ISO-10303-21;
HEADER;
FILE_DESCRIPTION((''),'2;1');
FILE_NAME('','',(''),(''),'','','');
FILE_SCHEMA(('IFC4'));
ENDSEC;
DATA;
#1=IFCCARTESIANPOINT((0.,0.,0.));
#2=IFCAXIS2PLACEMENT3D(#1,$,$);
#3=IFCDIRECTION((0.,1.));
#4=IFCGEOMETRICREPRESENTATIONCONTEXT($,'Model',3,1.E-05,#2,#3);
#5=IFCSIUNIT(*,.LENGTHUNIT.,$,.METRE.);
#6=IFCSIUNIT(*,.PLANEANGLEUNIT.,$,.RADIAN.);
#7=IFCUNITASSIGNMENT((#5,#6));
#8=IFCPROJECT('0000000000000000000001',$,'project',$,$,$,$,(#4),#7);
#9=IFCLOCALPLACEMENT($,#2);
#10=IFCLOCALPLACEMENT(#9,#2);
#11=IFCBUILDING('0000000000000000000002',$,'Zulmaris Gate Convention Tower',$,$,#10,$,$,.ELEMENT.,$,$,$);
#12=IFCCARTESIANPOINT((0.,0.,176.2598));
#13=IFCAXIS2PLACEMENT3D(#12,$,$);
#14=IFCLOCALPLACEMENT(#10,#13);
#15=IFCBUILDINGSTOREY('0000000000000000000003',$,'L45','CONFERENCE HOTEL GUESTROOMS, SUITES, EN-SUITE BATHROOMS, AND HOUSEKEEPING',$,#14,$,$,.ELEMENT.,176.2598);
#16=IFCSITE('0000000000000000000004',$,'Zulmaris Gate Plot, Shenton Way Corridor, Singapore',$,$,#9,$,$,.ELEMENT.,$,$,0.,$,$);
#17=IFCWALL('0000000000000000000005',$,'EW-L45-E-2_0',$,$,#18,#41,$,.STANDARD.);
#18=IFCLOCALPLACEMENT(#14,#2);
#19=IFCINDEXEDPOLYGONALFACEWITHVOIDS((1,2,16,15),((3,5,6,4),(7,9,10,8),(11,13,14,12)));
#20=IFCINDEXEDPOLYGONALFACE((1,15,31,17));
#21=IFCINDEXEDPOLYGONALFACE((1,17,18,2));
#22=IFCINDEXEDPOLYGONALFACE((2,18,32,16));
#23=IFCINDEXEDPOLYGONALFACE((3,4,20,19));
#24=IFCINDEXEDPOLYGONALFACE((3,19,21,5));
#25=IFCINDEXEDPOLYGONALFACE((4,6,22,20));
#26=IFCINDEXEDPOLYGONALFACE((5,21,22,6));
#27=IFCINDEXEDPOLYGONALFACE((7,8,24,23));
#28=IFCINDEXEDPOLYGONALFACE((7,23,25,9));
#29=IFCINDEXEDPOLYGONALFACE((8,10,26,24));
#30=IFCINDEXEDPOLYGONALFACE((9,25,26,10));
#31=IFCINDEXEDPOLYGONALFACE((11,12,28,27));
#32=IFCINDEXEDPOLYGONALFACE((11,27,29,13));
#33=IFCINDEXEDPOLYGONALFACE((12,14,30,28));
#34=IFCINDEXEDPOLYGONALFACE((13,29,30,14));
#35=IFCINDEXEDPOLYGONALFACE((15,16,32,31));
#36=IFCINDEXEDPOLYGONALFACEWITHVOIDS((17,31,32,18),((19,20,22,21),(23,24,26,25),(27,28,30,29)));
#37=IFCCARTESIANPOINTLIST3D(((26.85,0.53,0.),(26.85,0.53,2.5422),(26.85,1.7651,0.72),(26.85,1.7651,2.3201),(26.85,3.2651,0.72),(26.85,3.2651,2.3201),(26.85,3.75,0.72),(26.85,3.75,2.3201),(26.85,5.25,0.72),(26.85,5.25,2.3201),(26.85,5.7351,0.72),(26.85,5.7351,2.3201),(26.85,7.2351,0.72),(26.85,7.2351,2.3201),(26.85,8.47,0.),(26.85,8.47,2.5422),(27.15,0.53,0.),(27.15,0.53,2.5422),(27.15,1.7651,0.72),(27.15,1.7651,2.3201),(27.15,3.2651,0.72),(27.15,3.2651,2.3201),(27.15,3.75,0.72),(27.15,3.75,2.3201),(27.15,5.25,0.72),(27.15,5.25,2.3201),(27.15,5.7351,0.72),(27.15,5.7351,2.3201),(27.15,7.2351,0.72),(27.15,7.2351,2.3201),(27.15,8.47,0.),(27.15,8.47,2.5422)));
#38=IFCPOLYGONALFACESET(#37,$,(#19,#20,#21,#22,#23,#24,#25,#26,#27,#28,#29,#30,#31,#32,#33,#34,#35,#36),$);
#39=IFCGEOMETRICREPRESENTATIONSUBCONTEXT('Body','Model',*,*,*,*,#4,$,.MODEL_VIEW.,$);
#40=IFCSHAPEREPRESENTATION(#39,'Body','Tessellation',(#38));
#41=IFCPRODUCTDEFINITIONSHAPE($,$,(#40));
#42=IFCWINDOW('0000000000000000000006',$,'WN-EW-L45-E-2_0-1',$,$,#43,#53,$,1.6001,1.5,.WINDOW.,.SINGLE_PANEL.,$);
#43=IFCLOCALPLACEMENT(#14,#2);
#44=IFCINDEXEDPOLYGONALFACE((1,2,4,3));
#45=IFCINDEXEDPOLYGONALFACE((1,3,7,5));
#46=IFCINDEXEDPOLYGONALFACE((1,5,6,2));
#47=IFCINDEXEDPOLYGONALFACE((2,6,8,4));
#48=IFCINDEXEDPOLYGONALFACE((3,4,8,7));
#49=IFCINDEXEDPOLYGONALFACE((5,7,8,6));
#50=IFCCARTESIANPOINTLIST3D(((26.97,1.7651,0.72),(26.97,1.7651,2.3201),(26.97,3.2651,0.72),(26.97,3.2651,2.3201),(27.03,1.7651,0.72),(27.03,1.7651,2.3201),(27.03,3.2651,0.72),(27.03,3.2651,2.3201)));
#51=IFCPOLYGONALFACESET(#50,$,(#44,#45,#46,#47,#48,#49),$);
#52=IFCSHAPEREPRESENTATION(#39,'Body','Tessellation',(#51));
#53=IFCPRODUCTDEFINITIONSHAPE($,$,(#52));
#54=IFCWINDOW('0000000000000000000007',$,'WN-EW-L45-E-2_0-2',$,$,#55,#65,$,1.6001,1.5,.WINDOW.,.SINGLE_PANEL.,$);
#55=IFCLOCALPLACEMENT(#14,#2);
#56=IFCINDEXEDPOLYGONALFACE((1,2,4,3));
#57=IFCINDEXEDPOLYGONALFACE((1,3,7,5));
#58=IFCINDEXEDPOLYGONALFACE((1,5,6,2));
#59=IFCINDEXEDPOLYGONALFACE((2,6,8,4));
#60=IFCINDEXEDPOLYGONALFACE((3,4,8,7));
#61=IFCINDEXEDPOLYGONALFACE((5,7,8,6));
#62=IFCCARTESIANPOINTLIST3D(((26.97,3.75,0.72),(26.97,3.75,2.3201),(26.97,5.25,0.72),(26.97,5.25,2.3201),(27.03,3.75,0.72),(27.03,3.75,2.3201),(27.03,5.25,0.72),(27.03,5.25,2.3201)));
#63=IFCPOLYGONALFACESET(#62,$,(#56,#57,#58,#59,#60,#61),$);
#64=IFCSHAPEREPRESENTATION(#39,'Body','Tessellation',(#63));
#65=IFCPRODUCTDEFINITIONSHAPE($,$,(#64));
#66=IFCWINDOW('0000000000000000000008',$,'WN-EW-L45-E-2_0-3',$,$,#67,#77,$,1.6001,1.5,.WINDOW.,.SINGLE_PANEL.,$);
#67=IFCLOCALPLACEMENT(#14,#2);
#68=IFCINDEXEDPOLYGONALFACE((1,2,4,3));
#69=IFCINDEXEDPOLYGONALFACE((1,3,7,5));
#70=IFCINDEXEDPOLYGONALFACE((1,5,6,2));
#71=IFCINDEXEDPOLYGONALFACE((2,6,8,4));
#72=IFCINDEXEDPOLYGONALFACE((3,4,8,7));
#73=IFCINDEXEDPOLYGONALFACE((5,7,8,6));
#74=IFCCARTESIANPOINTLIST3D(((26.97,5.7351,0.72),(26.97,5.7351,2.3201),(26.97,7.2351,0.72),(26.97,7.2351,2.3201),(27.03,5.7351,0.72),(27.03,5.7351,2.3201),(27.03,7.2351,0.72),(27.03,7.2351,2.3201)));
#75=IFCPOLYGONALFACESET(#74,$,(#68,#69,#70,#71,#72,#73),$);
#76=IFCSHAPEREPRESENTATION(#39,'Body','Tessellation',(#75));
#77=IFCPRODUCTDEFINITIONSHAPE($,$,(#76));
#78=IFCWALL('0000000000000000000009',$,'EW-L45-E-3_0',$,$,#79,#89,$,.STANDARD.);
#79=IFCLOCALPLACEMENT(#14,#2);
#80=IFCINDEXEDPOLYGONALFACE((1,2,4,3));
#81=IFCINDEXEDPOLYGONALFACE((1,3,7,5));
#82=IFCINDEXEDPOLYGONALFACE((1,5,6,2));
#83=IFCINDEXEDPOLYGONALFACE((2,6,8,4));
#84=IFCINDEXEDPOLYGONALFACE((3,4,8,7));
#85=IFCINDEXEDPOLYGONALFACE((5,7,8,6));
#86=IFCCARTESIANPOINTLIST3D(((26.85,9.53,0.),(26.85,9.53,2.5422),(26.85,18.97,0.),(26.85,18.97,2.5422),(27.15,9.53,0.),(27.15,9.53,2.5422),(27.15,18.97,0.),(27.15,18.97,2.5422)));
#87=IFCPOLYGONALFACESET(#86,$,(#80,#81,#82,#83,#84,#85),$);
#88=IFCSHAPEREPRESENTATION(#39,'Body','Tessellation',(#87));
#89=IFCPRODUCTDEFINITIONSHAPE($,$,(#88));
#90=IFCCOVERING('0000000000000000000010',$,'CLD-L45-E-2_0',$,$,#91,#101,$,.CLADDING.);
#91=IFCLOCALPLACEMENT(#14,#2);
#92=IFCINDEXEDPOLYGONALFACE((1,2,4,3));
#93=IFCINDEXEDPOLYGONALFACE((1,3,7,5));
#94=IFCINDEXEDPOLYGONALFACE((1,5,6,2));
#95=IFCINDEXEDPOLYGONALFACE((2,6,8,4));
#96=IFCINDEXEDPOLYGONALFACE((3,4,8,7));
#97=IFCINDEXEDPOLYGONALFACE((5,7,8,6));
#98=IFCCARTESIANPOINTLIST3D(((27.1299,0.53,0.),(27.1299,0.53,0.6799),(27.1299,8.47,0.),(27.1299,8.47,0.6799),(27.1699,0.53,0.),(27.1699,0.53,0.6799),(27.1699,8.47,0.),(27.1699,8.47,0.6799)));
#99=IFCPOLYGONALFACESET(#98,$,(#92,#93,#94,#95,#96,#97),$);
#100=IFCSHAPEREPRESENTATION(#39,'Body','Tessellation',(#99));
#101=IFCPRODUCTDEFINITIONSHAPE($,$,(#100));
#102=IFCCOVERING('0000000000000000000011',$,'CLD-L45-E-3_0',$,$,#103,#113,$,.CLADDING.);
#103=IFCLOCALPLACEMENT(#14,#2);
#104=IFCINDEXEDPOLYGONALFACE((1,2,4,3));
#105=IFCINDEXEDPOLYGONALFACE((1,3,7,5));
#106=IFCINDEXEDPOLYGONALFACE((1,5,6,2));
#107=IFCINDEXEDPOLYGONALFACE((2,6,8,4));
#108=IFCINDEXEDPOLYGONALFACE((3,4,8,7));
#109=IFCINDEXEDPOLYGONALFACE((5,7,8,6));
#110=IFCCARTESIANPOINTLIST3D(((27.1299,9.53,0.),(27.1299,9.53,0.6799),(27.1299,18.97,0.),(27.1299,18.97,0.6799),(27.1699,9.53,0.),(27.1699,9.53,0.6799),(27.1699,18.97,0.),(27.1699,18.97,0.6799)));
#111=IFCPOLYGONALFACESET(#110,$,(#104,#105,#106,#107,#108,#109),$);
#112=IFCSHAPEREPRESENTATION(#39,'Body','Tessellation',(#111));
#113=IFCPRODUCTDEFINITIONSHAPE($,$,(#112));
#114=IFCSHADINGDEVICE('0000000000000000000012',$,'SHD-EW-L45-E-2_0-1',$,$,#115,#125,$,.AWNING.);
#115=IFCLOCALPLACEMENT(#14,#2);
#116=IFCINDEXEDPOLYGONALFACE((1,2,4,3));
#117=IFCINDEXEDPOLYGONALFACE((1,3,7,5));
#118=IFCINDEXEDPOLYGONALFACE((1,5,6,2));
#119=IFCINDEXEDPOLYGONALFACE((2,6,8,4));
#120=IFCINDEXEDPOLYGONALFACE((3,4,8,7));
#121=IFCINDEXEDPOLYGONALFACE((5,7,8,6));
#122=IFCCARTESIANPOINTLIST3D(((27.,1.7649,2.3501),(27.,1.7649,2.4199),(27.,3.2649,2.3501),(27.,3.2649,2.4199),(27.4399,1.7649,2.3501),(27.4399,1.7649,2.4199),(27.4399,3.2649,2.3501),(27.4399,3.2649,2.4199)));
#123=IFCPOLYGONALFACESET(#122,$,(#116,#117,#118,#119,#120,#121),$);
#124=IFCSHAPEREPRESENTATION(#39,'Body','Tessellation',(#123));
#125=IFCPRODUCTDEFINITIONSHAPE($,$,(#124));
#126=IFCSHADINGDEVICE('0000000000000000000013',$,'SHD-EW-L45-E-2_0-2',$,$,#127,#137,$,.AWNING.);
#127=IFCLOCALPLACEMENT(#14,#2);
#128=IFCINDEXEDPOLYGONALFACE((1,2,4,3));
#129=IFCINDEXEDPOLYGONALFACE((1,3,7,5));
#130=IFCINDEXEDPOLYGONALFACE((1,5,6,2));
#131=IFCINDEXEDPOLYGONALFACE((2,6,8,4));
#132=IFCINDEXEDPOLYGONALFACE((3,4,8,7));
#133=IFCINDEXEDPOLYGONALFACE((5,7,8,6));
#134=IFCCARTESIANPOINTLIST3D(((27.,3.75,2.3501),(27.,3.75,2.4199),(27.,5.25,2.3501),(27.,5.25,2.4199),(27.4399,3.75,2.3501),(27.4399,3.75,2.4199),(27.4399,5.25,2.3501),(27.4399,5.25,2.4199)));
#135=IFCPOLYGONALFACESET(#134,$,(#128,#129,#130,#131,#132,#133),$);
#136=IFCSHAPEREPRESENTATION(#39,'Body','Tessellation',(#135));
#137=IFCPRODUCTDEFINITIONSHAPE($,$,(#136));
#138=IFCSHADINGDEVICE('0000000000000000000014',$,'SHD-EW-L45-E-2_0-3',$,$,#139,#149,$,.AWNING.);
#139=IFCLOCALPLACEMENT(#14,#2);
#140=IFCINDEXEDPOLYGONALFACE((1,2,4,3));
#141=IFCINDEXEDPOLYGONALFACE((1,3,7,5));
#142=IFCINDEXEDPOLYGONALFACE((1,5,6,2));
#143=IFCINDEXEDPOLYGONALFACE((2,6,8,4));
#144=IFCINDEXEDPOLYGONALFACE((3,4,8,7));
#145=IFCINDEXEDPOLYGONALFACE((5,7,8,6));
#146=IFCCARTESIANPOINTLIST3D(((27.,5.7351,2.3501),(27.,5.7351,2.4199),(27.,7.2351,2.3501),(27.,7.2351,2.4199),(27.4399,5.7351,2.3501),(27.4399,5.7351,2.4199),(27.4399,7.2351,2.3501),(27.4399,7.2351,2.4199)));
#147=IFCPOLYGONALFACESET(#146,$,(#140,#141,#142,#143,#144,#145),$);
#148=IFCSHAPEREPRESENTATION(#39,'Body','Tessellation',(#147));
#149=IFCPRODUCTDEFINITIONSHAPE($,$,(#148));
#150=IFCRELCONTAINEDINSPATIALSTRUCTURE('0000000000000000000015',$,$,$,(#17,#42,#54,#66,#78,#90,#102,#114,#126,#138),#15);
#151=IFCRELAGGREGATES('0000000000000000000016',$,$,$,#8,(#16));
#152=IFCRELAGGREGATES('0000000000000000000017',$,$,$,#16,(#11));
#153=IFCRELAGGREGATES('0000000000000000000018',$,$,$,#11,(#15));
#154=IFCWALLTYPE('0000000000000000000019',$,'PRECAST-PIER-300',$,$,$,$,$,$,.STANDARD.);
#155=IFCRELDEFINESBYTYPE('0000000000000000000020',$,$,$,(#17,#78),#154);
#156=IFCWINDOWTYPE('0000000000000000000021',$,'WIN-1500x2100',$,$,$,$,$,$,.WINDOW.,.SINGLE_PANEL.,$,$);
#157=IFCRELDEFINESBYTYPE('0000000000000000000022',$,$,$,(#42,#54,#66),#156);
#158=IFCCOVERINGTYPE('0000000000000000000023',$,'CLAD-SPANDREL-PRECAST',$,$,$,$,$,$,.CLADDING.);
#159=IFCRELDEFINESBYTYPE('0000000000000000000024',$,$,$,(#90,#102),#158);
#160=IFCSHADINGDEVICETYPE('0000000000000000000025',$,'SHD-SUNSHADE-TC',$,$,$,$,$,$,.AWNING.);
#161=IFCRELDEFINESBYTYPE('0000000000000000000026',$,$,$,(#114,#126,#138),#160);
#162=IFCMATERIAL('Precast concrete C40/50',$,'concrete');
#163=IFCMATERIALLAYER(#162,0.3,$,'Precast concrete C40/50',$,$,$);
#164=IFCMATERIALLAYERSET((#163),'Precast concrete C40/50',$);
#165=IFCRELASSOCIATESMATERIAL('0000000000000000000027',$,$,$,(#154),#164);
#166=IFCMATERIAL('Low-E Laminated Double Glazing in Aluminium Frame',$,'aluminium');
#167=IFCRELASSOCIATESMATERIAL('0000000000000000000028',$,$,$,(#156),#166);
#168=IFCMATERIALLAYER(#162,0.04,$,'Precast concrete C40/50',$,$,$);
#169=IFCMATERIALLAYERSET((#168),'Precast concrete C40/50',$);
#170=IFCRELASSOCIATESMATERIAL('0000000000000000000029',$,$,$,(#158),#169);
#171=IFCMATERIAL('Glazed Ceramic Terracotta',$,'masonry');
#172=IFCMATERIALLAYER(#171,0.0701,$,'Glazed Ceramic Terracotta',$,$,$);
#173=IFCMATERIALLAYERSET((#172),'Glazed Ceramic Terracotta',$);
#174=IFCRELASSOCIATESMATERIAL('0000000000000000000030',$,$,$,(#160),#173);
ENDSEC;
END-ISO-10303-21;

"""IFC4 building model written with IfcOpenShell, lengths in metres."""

from ifc_helpers import new_model, si_unit, direction, frame, frame_2d, origin, place, context, subcontext, project, spatial, rectangle, extrude, material, layer, layer_set, type_object, element, fill, save


model = new_model("IFC4")

# Units and contexts
model_context = context("Model", 3, precision=1e-05, world=origin(), true_north=direction((0.0, 1.0)))
body_context = subcontext(model_context, "Body", "Model", "MODEL_VIEW")
ifc_project = project(units=[si_unit("LENGTHUNIT", "METRE"), si_unit("PLANEANGLEUNIT", "RADIAN")], contexts=[model_context])

# Site, building, storey
site_placement = place(None, origin())
site = spatial("IfcSite", under=ifc_project, at=site_placement, Name="Zulmaris Gate Plot, Shenton Way Corridor, Singapore", CompositionType="ELEMENT", RefElevation=0.0)
building_placement = place(site_placement, origin())
building = spatial("IfcBuilding", under=site, at=building_placement, Name="Zulmaris Gate Convention Tower", CompositionType="ELEMENT")
storey_placement = place(building_placement, frame((0.0, 0.0, 176.2598)))
storey = spatial("IfcBuildingStorey", under=building, at=storey_placement, Name="L45", Description="CONFERENCE HOTEL GUESTROOMS, SUITES, EN-SUITE BATHROOMS, AND HOUSEKEEPING", CompositionType="ELEMENT", Elevation=176.2598)

# Wall, openings, windows
ifc_material_1 = material(Name="Precast concrete C40/50", Category="concrete")
ifc_layer_1 = layer(ifc_material_1, 0.3, Name="Precast concrete C40/50")
ifc_layer_set_1 = layer_set([ifc_layer_1], Name="Precast concrete C40/50")
wall_type_1 = type_object("IfcWallType", Name="PRECAST-PIER-300", PredefinedType="STANDARD", material=ifc_layer_set_1)
wall_1_placement = place(storey_placement, frame((27.0, 0.53, 0.0), z_axis=(0.0, 0.0, 1.0), x_axis=(0.0, 1.0, 0.0)))
wall_1 = element("IfcWall", 1, at=wall_1_placement, inside=storey, type_object=wall_type_1, Name="EW-L45-E-2_0", PredefinedType="STANDARD", context=body_context, shape_type="SweptSolid", body=[
    extrude(rectangle(XDim=7.9399, YDim=0.3, at=frame_2d((3.97, 0.0))), origin(), (0.0, 0.0, 1.0), 2.5422),
])
opening_1_placement = place(wall_1_placement, frame((1.2351, 0.0, 0.72)))
opening_1 = element("IfcOpeningElement", 2, at=opening_1_placement, cuts=wall_1, PredefinedType="OPENING", context=body_context, shape_type="SweptSolid", body=[
    extrude(rectangle(XDim=1.5, YDim=1.6001, at=frame_2d((0.75, 0.8))), frame((0.0, 0.1602, 0.0), z_axis=(0.0, -1.0, 0.0), x_axis=(1.0, 0.0, 0.0)), (0.0, 0.0, 1.0), 0.3201),
])
opening_2_placement = place(wall_1_placement, frame((3.22, 0.0, 0.72)))
opening_2 = element("IfcOpeningElement", 3, at=opening_2_placement, cuts=wall_1, PredefinedType="OPENING", context=body_context, shape_type="SweptSolid", body=[
    extrude(rectangle(XDim=1.5, YDim=1.6001, at=frame_2d((0.75, 0.8))), frame((0.0, 0.1602, 0.0), z_axis=(0.0, -1.0, 0.0), x_axis=(1.0, 0.0, 0.0)), (0.0, 0.0, 1.0), 0.3201),
])
opening_3_placement = place(wall_1_placement, frame((5.2051, 0.0, 0.72)))
opening_3 = element("IfcOpeningElement", 4, at=opening_3_placement, cuts=wall_1, PredefinedType="OPENING", context=body_context, shape_type="SweptSolid", body=[
    extrude(rectangle(XDim=1.5, YDim=1.6001, at=frame_2d((0.75, 0.8))), frame((0.0, 0.1602, 0.0), z_axis=(0.0, -1.0, 0.0), x_axis=(1.0, 0.0, 0.0)), (0.0, 0.0, 1.0), 0.3201),
])
ifc_material_2 = material(Name="Low-E Laminated Double Glazing in Aluminium Frame", Category="aluminium")
window_type = type_object("IfcWindowType", Name="WIN-1500x2100", PartitioningType="SINGLE_PANEL", PredefinedType="WINDOW", material=ifc_material_2)
window_1_placement = place(opening_1_placement, origin())
window_1 = element("IfcWindow", 5, at=window_1_placement, inside=storey, type_object=window_type, Name="WN-EW-L45-E-2_0-1", OverallHeight=1.6001, OverallWidth=1.5, PartitioningType="SINGLE_PANEL", PredefinedType="WINDOW", context=body_context, shape_type="SweptSolid", body=[
    extrude(rectangle(XDim=1.5, YDim=1.6001, at=frame_2d((0.75, 0.8))), frame((0.0, 0.03, 0.0), z_axis=(0.0, -1.0, 0.0), x_axis=(1.0, 0.0, 0.0)), (0.0, 0.0, 1.0), 0.0601),
])
fill(opening_1, window_1)
window_2_placement = place(opening_2_placement, origin())
window_2 = element("IfcWindow", 6, at=window_2_placement, inside=storey, type_object=window_type, Name="WN-EW-L45-E-2_0-2", OverallHeight=1.6001, OverallWidth=1.5, PartitioningType="SINGLE_PANEL", PredefinedType="WINDOW", context=body_context, shape_type="SweptSolid", body=[
    extrude(rectangle(XDim=1.5, YDim=1.6001, at=frame_2d((0.75, 0.8))), frame((0.0, 0.03, 0.0), z_axis=(0.0, -1.0, 0.0), x_axis=(1.0, 0.0, 0.0)), (0.0, 0.0, 1.0), 0.0601),
])
fill(opening_2, window_2)
window_3_placement = place(opening_3_placement, origin())
window_3 = element("IfcWindow", 7, at=window_3_placement, inside=storey, type_object=window_type, Name="WN-EW-L45-E-2_0-3", OverallHeight=1.6001, OverallWidth=1.5, PartitioningType="SINGLE_PANEL", PredefinedType="WINDOW", context=body_context, shape_type="SweptSolid", body=[
    extrude(rectangle(XDim=1.5, YDim=1.6001, at=frame_2d((0.75, 0.8))), frame((0.0, 0.03, 0.0), z_axis=(0.0, -1.0, 0.0), x_axis=(1.0, 0.0, 0.0)), (0.0, 0.0, 1.0), 0.0601),
])
fill(opening_3, window_3)

# Wall
wall_2_placement = place(storey_placement, frame((27.0, 9.53, 0.0), z_axis=(0.0, 0.0, 1.0), x_axis=(0.0, 1.0, 0.0)))
element("IfcWall", 8, at=wall_2_placement, inside=storey, type_object=wall_type_1, Name="EW-L45-E-3_0", PredefinedType="STANDARD", context=body_context, shape_type="SweptSolid", body=[
    extrude(rectangle(XDim=9.4399, YDim=0.3, at=frame_2d((4.72, 0.0))), origin(), (0.0, 0.0, 1.0), 2.5422),
])

# Coverings
ifc_layer_2 = layer(ifc_material_1, 0.04, Name="Precast concrete C40/50")
ifc_layer_set_2 = layer_set([ifc_layer_2], Name="Precast concrete C40/50")
covering_type = type_object("IfcCoveringType", Name="CLAD-SPANDREL-PRECAST", PredefinedType="CLADDING", material=ifc_layer_set_2)
covering_1_placement = place(storey_placement, frame((27.1499, 0.53, 0.0), z_axis=(0.0, 0.0, 1.0), x_axis=(0.0, 1.0, 0.0)))
element("IfcCovering", 9, at=covering_1_placement, inside=storey, type_object=covering_type, Name="CLD-L45-E-2_0", PredefinedType="CLADDING", context=body_context, shape_type="SweptSolid", body=[
    extrude(rectangle(XDim=7.9399, YDim=0.04, at=frame_2d((3.97, 0.0))), origin(), (0.0, 0.0, 1.0), 0.6799),
])
covering_2_placement = place(storey_placement, frame((27.1499, 9.53, 0.0), z_axis=(0.0, 0.0, 1.0), x_axis=(0.0, 1.0, 0.0)))
element("IfcCovering", 10, at=covering_2_placement, inside=storey, type_object=covering_type, Name="CLD-L45-E-3_0", PredefinedType="CLADDING", context=body_context, shape_type="SweptSolid", body=[
    extrude(rectangle(XDim=9.4399, YDim=0.04, at=frame_2d((4.72, 0.0))), origin(), (0.0, 0.0, 1.0), 0.6799),
])

# Shading devices
ifc_material_3 = material(Name="Glazed Ceramic Terracotta", Category="masonry")
ifc_layer_3 = layer(ifc_material_3, 0.0701, Name="Glazed Ceramic Terracotta")
ifc_layer_set_3 = layer_set([ifc_layer_3], Name="Glazed Ceramic Terracotta")
shading_device_type = type_object("IfcShadingDeviceType", Name="SHD-SUNSHADE-TC", PredefinedType="AWNING", material=ifc_layer_set_3)
for number, where, z_axis, x_axis, name in (
    (11, (27.22, 1.7649, 2.3501), (0.0, 0.0, 1.0), (0.0, 1.0, 0.0), "SHD-EW-L45-E-2_0-1"),
    (12, (27.22, 3.75, 2.3501), (0.0, 0.0, 1.0), (0.0, 1.0, 0.0), "SHD-EW-L45-E-2_0-2"),
    (13, (27.22, 5.7351, 2.3501), (0.0, 0.0, 1.0), (0.0, 1.0, 0.0), "SHD-EW-L45-E-2_0-3"),
):
    element("IfcShadingDevice", number, at=place(storey_placement, frame(where, z_axis=z_axis, x_axis=x_axis)), inside=storey, type_object=shading_device_type, Name=name, PredefinedType="AWNING", context=body_context, shape_type="SweptSolid", body=[
        extrude(rectangle(XDim=1.5, YDim=0.4399, at=frame_2d((0.75, 0.0))), origin(), (0.0, 0.0, 1.0), 0.0698),
    ])

save(model, "model.ifc")
